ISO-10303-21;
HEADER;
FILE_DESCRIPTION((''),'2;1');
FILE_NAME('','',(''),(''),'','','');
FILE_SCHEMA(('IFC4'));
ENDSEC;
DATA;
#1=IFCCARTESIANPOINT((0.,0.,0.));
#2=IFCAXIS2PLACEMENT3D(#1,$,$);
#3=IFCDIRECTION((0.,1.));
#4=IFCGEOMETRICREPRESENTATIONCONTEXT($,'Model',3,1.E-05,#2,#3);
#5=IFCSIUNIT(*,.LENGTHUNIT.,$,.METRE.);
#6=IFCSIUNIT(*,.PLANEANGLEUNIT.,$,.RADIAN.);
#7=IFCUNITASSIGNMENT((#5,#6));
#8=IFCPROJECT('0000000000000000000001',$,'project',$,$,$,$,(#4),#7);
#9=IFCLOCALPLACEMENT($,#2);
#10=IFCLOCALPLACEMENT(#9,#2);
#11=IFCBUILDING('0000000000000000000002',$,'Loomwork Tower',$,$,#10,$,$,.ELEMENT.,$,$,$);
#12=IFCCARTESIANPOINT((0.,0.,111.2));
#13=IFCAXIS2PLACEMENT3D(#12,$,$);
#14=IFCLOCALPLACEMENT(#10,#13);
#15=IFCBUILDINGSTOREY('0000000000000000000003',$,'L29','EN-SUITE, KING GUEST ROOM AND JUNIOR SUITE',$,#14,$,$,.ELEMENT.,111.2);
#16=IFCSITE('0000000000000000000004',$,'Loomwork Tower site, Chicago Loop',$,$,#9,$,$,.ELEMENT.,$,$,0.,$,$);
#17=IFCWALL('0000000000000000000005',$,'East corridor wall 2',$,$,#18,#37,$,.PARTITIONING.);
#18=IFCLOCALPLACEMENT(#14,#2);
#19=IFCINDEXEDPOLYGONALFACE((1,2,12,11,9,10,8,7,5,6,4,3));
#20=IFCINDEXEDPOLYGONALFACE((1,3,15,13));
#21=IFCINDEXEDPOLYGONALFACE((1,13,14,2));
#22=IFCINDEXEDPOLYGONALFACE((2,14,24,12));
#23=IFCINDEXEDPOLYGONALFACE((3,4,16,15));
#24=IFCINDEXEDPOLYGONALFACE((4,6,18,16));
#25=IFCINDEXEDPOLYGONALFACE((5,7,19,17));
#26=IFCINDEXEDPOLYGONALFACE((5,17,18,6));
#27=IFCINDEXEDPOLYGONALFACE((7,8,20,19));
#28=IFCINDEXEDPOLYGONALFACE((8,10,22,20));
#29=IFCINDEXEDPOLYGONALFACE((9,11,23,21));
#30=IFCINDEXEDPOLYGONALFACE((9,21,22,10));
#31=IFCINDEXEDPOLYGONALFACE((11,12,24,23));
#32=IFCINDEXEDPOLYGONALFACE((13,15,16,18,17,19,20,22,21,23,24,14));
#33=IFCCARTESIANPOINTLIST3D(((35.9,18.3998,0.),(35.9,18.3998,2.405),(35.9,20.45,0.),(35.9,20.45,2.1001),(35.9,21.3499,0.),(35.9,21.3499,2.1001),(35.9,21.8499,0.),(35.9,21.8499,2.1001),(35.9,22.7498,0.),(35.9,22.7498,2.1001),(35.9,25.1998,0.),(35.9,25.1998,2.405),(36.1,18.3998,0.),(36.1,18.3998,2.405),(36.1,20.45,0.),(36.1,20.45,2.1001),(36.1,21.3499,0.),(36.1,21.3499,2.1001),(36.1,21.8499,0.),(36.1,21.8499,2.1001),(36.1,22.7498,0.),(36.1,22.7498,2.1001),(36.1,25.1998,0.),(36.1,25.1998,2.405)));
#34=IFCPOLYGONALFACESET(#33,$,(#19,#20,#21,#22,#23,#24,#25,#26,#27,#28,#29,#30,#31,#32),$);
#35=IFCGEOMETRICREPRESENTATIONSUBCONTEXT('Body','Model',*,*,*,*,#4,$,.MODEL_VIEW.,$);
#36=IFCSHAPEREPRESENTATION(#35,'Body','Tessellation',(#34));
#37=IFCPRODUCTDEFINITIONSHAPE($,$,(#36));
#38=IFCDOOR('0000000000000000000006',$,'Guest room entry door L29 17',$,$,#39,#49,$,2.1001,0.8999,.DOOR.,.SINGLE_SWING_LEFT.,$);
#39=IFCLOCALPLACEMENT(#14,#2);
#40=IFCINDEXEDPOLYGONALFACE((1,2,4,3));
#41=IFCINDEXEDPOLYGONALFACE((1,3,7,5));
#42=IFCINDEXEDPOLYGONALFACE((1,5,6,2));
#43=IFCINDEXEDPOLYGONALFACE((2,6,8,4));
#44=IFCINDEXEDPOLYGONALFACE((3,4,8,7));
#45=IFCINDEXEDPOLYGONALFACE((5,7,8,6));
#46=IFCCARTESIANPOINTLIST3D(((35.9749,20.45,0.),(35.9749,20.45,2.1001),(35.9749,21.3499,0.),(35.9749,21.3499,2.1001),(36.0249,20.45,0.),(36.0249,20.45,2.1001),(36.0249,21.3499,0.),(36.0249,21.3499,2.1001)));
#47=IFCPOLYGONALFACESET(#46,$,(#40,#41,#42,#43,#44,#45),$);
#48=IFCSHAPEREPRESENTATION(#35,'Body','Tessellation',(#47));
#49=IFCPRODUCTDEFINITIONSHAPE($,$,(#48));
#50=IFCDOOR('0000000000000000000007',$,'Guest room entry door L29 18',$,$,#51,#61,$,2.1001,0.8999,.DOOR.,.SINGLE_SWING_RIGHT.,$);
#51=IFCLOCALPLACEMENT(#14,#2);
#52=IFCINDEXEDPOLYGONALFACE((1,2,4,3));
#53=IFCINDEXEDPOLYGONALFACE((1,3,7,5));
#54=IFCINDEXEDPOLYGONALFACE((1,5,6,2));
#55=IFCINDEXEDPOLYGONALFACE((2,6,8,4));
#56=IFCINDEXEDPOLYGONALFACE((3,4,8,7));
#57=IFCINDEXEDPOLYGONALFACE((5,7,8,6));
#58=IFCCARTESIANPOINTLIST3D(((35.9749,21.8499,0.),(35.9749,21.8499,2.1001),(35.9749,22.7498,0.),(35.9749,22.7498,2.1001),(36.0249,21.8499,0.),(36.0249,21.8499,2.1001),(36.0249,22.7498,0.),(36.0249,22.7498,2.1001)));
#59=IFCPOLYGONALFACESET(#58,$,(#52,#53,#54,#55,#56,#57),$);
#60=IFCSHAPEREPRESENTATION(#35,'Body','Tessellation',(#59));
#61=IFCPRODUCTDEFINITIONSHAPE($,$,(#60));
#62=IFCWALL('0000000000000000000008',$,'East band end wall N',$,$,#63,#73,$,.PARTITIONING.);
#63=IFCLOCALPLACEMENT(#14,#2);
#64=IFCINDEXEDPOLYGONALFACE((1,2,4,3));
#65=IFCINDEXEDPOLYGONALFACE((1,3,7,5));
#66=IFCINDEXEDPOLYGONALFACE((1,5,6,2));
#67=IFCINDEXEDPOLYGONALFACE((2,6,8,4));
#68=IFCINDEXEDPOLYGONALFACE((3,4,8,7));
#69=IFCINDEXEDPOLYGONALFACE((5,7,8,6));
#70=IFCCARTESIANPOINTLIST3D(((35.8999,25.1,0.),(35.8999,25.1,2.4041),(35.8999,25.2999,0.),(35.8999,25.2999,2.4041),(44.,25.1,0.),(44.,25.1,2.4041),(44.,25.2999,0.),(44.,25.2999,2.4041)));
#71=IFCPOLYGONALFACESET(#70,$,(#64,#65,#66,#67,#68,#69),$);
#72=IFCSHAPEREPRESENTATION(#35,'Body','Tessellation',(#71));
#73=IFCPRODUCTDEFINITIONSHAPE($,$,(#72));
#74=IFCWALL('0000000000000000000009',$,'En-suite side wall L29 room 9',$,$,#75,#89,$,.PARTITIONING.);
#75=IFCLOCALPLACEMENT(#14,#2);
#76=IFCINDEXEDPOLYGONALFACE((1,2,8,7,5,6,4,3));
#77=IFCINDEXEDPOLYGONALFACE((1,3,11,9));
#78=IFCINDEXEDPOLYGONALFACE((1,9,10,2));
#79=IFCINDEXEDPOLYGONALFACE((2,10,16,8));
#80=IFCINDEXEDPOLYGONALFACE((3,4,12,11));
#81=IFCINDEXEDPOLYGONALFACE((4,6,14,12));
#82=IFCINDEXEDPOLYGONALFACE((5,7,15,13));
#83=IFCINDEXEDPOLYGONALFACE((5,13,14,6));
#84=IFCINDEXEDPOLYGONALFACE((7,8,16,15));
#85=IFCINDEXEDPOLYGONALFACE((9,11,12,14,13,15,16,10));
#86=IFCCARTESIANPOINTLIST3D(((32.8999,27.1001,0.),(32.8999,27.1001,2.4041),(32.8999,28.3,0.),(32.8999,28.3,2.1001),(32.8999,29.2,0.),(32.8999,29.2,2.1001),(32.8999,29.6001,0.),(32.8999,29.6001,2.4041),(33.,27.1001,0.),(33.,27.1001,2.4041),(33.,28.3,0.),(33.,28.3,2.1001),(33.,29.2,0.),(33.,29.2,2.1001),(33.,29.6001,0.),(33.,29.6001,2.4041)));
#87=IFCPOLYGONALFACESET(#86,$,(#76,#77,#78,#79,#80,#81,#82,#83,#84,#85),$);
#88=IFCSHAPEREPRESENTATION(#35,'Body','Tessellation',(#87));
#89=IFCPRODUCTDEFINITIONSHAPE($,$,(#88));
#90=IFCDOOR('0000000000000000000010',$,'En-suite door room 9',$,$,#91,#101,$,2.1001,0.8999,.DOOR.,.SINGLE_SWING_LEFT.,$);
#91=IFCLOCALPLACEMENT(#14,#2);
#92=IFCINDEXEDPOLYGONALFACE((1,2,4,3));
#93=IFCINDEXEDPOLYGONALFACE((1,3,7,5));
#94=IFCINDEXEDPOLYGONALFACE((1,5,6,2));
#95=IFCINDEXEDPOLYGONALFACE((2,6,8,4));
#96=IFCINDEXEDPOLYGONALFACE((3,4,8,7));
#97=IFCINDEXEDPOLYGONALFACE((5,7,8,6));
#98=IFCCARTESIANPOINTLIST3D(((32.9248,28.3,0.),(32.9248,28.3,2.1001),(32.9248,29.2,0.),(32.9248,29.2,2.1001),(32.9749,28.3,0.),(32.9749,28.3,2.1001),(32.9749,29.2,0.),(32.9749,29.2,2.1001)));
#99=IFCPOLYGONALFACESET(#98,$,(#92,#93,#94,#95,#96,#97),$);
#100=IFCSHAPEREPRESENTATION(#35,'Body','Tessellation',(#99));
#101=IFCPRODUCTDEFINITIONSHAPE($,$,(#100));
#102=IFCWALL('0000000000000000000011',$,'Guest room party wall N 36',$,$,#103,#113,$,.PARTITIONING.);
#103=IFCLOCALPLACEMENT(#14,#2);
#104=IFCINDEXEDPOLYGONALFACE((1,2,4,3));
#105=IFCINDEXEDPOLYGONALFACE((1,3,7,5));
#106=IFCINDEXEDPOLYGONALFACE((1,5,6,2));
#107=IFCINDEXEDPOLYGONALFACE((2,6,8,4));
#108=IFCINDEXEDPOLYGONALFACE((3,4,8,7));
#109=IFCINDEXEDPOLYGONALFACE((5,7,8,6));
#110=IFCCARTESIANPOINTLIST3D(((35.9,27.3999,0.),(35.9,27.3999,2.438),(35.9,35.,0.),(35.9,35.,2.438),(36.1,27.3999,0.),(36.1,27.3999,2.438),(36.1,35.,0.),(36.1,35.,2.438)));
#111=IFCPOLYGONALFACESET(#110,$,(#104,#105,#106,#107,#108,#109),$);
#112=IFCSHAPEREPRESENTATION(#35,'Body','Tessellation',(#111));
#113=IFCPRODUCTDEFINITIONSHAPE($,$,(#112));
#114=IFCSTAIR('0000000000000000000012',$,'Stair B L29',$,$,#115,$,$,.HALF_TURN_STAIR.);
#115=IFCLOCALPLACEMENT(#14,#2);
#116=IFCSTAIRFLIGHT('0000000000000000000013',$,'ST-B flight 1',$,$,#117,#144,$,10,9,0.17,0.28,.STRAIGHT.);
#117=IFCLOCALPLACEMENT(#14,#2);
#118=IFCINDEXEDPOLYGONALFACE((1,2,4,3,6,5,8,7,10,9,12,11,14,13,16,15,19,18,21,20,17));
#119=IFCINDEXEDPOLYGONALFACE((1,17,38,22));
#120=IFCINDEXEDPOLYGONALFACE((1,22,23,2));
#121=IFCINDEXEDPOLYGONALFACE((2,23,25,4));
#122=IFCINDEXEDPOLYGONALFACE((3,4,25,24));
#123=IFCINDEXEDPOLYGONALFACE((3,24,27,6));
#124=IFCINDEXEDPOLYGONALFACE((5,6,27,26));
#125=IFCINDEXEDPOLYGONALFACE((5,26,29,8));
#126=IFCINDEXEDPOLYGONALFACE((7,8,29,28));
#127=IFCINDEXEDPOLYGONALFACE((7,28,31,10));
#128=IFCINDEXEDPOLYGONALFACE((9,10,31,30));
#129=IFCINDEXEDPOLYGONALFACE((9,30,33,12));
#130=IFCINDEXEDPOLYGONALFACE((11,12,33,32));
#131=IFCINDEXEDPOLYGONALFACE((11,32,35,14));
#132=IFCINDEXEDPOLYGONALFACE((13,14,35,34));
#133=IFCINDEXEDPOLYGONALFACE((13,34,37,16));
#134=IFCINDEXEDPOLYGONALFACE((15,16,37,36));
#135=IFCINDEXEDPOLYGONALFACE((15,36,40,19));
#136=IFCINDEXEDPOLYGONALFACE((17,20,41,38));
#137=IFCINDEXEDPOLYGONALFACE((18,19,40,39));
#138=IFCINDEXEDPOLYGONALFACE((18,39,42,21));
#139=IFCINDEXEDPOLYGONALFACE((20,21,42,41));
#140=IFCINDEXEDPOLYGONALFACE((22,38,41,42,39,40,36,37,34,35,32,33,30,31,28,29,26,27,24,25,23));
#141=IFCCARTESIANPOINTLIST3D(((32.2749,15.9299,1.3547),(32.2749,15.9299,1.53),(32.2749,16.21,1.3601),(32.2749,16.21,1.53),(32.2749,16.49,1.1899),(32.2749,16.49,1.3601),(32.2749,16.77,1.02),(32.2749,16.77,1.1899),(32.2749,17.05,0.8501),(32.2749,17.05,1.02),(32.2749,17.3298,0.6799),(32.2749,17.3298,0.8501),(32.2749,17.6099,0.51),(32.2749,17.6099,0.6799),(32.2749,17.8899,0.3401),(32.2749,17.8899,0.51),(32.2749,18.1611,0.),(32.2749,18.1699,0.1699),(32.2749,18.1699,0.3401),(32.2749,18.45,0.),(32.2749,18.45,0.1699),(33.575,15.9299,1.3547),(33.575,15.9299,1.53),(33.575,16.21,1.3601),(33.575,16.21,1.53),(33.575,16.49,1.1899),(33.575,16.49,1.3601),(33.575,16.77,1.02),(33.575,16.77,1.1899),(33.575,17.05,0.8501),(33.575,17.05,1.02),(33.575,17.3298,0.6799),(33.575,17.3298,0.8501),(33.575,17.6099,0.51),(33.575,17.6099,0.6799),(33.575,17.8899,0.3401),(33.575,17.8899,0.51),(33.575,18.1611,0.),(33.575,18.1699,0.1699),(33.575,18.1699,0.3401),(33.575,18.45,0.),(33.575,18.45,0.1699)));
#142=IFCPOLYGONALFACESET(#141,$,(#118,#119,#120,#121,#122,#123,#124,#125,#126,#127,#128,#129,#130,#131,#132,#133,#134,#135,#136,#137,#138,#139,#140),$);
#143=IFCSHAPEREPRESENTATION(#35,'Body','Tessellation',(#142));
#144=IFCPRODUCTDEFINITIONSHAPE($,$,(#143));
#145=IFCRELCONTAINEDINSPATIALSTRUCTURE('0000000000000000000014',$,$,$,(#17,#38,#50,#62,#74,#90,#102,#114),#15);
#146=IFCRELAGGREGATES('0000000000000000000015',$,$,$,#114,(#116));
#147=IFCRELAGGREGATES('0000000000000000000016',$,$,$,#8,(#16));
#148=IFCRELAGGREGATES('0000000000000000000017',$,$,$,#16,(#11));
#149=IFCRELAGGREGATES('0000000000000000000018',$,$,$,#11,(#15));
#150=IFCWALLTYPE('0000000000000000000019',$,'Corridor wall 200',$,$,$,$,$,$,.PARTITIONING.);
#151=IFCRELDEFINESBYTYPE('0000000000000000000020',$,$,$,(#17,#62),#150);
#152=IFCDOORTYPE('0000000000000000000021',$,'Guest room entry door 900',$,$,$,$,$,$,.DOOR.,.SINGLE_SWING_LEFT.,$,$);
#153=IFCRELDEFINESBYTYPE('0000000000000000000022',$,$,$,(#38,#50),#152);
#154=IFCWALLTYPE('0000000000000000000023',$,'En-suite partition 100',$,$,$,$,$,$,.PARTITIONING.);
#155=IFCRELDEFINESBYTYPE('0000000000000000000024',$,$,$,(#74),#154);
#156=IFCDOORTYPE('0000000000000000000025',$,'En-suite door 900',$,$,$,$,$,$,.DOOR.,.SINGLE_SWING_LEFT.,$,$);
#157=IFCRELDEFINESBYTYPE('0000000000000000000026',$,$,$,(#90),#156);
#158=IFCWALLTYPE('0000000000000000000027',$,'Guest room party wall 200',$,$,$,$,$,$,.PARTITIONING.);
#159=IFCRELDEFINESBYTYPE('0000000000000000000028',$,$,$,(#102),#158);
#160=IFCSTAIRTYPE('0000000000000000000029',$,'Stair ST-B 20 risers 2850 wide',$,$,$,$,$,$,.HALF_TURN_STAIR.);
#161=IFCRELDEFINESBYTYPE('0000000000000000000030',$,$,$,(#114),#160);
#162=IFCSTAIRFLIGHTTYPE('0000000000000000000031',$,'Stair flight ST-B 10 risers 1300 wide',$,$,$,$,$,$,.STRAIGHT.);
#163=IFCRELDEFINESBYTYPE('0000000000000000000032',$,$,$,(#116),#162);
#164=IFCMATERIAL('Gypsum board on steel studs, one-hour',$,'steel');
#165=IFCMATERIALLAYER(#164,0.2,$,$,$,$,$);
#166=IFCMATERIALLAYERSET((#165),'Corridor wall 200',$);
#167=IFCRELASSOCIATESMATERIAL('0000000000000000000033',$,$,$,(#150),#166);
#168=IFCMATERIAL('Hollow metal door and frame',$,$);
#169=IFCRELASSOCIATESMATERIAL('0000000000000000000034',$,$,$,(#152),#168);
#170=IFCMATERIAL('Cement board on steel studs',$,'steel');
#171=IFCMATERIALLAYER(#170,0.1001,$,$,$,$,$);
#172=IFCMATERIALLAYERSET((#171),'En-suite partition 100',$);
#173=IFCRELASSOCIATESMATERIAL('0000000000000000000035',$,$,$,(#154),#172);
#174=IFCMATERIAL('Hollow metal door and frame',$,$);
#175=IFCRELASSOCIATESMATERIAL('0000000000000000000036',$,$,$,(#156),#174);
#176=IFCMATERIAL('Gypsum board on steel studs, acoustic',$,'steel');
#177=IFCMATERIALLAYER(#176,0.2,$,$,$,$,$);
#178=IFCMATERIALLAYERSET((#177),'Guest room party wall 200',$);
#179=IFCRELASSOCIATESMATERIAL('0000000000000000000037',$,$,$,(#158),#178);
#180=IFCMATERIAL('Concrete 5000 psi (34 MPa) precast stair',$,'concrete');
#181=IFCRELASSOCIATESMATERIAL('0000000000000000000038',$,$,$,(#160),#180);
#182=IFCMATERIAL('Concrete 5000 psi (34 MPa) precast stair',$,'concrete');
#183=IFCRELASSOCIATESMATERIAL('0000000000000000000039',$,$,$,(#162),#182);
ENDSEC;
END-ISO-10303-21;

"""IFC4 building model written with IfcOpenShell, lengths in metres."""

from ifc_helpers import new_model, si_unit, direction, frame, frame_2d, origin, place, context, subcontext, project, spatial, polyline, rectangle, outline, extrude, material, layer, layer_set, type_object, element, fill, aggregate, save


model = new_model("IFC4")

# Units and contexts
model_context = context("Model", 3, precision=1e-05, world=origin(), true_north=direction((0.0, 1.0)))
body_context = subcontext(model_context, "Body", "Model", "MODEL_VIEW")
ifc_project = project(units=[si_unit("LENGTHUNIT", "METRE"), si_unit("PLANEANGLEUNIT", "RADIAN")], contexts=[model_context])

# Site, building, storey
site_placement = place(None, origin())
site = spatial("IfcSite", under=ifc_project, at=site_placement, Name="Loomwork Tower site, Chicago Loop", CompositionType="ELEMENT", RefElevation=0.0)
building_placement = place(site_placement, origin())
building = spatial("IfcBuilding", under=site, at=building_placement, Name="Loomwork Tower", CompositionType="ELEMENT")
storey_placement = place(building_placement, frame((0.0, 0.0, 111.2)))
storey = spatial("IfcBuildingStorey", under=building, at=storey_placement, Name="L29", Description="EN-SUITE, KING GUEST ROOM AND JUNIOR SUITE", CompositionType="ELEMENT", Elevation=111.2)

# Wall, openings, doors
ifc_material_1 = material(Name="Gypsum board on steel studs, one-hour", Category="steel")
ifc_layer_1 = layer(ifc_material_1, 0.2)
ifc_layer_set_1 = layer_set([ifc_layer_1], Name="Corridor wall 200")
wall_type_1 = type_object("IfcWallType", Name="Corridor wall 200", PredefinedType="PARTITIONING", material=ifc_layer_set_1)
wall_1_placement = place(storey_placement, frame((36.0, 18.3999, 0.0), z_axis=(0.0, 0.0, 1.0), x_axis=(0.0, 1.0, 0.0)))
wall_1 = element("IfcWall", 1, at=wall_1_placement, inside=storey, type_object=wall_type_1, Name="East corridor wall 2", PredefinedType="PARTITIONING", context=body_context, shape_type="SweptSolid", body=[
    extrude(rectangle(XDim=6.8, YDim=0.2, at=frame_2d((3.3999, 0.0))), origin(), (0.0, 0.0, 1.0), 2.405),
])
opening_1_placement = place(wall_1_placement, frame((2.05, 0.0, 0.0)))
opening_1 = element("IfcOpeningElement", 2, at=opening_1_placement, cuts=wall_1, PredefinedType="OPENING", context=body_context, shape_type="SweptSolid", body=[
    extrude(rectangle(XDim=0.8999, YDim=2.1001, at=frame_2d((0.45, 1.05))), frame((0.0, 0.1099, 0.0), z_axis=(0.0, -1.0, 0.0), x_axis=(1.0, 0.0, 0.0)), (0.0, 0.0, 1.0), 0.22),
])
opening_2_placement = place(wall_1_placement, frame((3.45, 0.0, 0.0)))
opening_2 = element("IfcOpeningElement", 3, at=opening_2_placement, cuts=wall_1, PredefinedType="OPENING", context=body_context, shape_type="SweptSolid", body=[
    extrude(rectangle(XDim=0.8999, YDim=2.1001, at=frame_2d((0.45, 1.05))), frame((0.0, 0.1099, 0.0), z_axis=(0.0, -1.0, 0.0), x_axis=(1.0, 0.0, 0.0)), (0.0, 0.0, 1.0), 0.22),
])
ifc_material_2 = material(Name="Hollow metal door and frame")
door_type_1 = type_object("IfcDoorType", Name="Guest room entry door 900", OperationType="SINGLE_SWING_LEFT", PredefinedType="DOOR", material=ifc_material_2)
door_1_placement = place(opening_1_placement, frame((0.8999, 0.0, 0.0), z_axis=(0.0, 0.0, 1.0), x_axis=(-1.0, 0.0, 0.0)))
door_1 = element("IfcDoor", 4, at=door_1_placement, inside=storey, type_object=door_type_1, Name="Guest room entry door L29 17", OperationType="SINGLE_SWING_LEFT", OverallHeight=2.1001, OverallWidth=0.8999, PredefinedType="DOOR", context=body_context, shape_type="SweptSolid", body=[
    extrude(rectangle(XDim=0.8999, YDim=2.1001, at=frame_2d((0.45, 1.05))), frame((0.0, 0.0249, 0.0), z_axis=(0.0, -1.0, 0.0), x_axis=(1.0, 0.0, 0.0)), (0.0, 0.0, 1.0), 0.05),
])
fill(opening_1, door_1)
door_2_placement = place(opening_2_placement, frame((0.8999, 0.0, 0.0), z_axis=(0.0, 0.0, 1.0), x_axis=(-1.0, 0.0, 0.0)))
door_2 = element("IfcDoor", 5, at=door_2_placement, inside=storey, type_object=door_type_1, Name="Guest room entry door L29 18", OperationType="SINGLE_SWING_RIGHT", OverallHeight=2.1001, OverallWidth=0.8999, PredefinedType="DOOR", context=body_context, shape_type="SweptSolid", body=[
    extrude(rectangle(XDim=0.8999, YDim=2.1001, at=frame_2d((0.45, 1.05))), frame((0.0, 0.0249, 0.0), z_axis=(0.0, -1.0, 0.0), x_axis=(1.0, 0.0, 0.0)), (0.0, 0.0, 1.0), 0.05),
])
fill(opening_2, door_2)

# Wall
wall_2_placement = place(storey_placement, frame((35.8999, 25.2, 0.0), z_axis=(0.0, 0.0, 1.0), x_axis=(1.0, 0.0, 0.0)))
element("IfcWall", 6, at=wall_2_placement, inside=storey, type_object=wall_type_1, Name="East band end wall N", PredefinedType="PARTITIONING", context=body_context, shape_type="SweptSolid", body=[
    extrude(rectangle(XDim=8.1001, YDim=0.2, at=frame_2d((4.05, 0.0))), origin(), (0.0, 0.0, 1.0), 2.4041),
])

# Wall, opening, door
ifc_material_3 = material(Name="Cement board on steel studs", Category="steel")
ifc_layer_2 = layer(ifc_material_3, 0.1001)
ifc_layer_set_2 = layer_set([ifc_layer_2], Name="En-suite partition 100")
wall_type_2 = type_object("IfcWallType", Name="En-suite partition 100", PredefinedType="PARTITIONING", material=ifc_layer_set_2)
wall_3_placement = place(storey_placement, frame((32.95, 27.1001, 0.0), z_axis=(0.0, 0.0, 1.0), x_axis=(0.0, 1.0, 0.0)))
wall_3 = element("IfcWall", 7, at=wall_3_placement, inside=storey, type_object=wall_type_2, Name="En-suite side wall L29 room 9", PredefinedType="PARTITIONING", context=body_context, shape_type="SweptSolid", body=[
    extrude(rectangle(XDim=2.5, YDim=0.1001, at=frame_2d((1.25, 0.0))), origin(), (0.0, 0.0, 1.0), 2.4041),
])
opening_3_placement = place(wall_3_placement, frame((1.2, 0.0, 0.0)))
opening_3 = element("IfcOpeningElement", 8, at=opening_3_placement, cuts=wall_3, PredefinedType="OPENING", context=body_context, shape_type="SweptSolid", body=[
    extrude(rectangle(XDim=0.8999, YDim=2.1001, at=frame_2d((0.45, 1.05))), frame((0.0, 0.0601, 0.0), z_axis=(0.0, -1.0, 0.0), x_axis=(1.0, 0.0, 0.0)), (0.0, 0.0, 1.0), 0.1201),
])
ifc_material_4 = material(Name="Hollow metal door and frame")
door_type_2 = type_object("IfcDoorType", Name="En-suite door 900", OperationType="SINGLE_SWING_LEFT", PredefinedType="DOOR", material=ifc_material_4)
door_3_placement = place(opening_3_placement, frame((0.8999, 0.0, 0.0), z_axis=(0.0, 0.0, 1.0), x_axis=(-1.0, 0.0, 0.0)))
door_3 = element("IfcDoor", 9, at=door_3_placement, inside=storey, type_object=door_type_2, Name="En-suite door room 9", OperationType="SINGLE_SWING_LEFT", OverallHeight=2.1001, OverallWidth=0.8999, PredefinedType="DOOR", context=body_context, shape_type="SweptSolid", body=[
    extrude(rectangle(XDim=0.8999, YDim=2.1001, at=frame_2d((0.45, 1.05))), frame((0.0, 0.0249, 0.0), z_axis=(0.0, -1.0, 0.0), x_axis=(1.0, 0.0, 0.0)), (0.0, 0.0, 1.0), 0.05),
])
fill(opening_3, door_3)

# Wall
ifc_material_5 = material(Name="Gypsum board on steel studs, acoustic", Category="steel")
ifc_layer_3 = layer(ifc_material_5, 0.2)
ifc_layer_set_3 = layer_set([ifc_layer_3], Name="Guest room party wall 200")
wall_type_3 = type_object("IfcWallType", Name="Guest room party wall 200", PredefinedType="PARTITIONING", material=ifc_layer_set_3)
wall_4_placement = place(storey_placement, frame((36.0, 27.3999, 0.0), z_axis=(0.0, 0.0, 1.0), x_axis=(0.0, 1.0, 0.0)))
element("IfcWall", 10, at=wall_4_placement, inside=storey, type_object=wall_type_3, Name="Guest room party wall N 36", PredefinedType="PARTITIONING", context=body_context, shape_type="SweptSolid", body=[
    extrude(rectangle(XDim=7.6001, YDim=0.2, at=frame_2d((3.8, 0.0))), origin(), (0.0, 0.0, 1.0), 2.438),
])

# Stair, stair flight
ifc_material_6 = material(Name="Concrete 5000 psi (34 MPa) precast stair", Category="concrete")
stair_type = type_object("IfcStairType", Name="Stair ST-B 20 risers 2850 wide", PredefinedType="HALF_TURN_STAIR", material=ifc_material_6)
stair_placement = place(storey_placement, origin())
stair = element("IfcStair", 11, at=stair_placement, inside=storey, type_object=stair_type, Name="Stair B L29", PredefinedType="HALF_TURN_STAIR")
ifc_material_7 = material(Name="Concrete 5000 psi (34 MPa) precast stair", Category="concrete")
stair_flight_type = type_object("IfcStairFlightType", Name="Stair flight ST-B 10 risers 1300 wide", PredefinedType="STRAIGHT", material=ifc_material_7)
stair_flight_placement = place(storey_placement, frame((32.925, 18.45, 0.0), z_axis=(0.0, 0.0, 1.0), x_axis=(0.0, -1.0, 0.0)))
stair_flight = element("IfcStairFlight", 12, at=stair_flight_placement, type_object=stair_flight_type, Name="ST-B flight 1", NumberOfRisers=10, NumberOfTreads=9, PredefinedType="STRAIGHT", RiserHeight=0.17, TreadLength=0.28, context=body_context, shape_type="SweptSolid", body=[
    extrude(outline(polyline([(0.0, 0.0), (0.0, 0.1699), (0.28, 0.1699), (0.28, 0.3401), (0.5601, 0.3401), (0.5601, 0.51), (0.8401, 0.51), (0.8401, 0.6799), (1.1201, 0.6799), (1.1201, 0.8501), (1.3999, 0.8501), (1.3999, 1.02), (1.6799, 1.02), (1.6799, 1.1899), (1.96, 1.1899), (1.96, 1.3601), (2.24, 1.3601), (2.24, 1.53), (2.52, 1.53), (2.52, 1.7), (2.52, 1.3547), (0.2888, 0.0), (0.0, 0.0)])), frame((0.0, 0.6499, 0.0), z_axis=(0.0, -1.0, 0.0), x_axis=(1.0, 0.0, 0.0)), (0.0, 0.0, 1.0), 1.3),
])
aggregate(stair, [stair_flight])

save(model, "model.ifc")
